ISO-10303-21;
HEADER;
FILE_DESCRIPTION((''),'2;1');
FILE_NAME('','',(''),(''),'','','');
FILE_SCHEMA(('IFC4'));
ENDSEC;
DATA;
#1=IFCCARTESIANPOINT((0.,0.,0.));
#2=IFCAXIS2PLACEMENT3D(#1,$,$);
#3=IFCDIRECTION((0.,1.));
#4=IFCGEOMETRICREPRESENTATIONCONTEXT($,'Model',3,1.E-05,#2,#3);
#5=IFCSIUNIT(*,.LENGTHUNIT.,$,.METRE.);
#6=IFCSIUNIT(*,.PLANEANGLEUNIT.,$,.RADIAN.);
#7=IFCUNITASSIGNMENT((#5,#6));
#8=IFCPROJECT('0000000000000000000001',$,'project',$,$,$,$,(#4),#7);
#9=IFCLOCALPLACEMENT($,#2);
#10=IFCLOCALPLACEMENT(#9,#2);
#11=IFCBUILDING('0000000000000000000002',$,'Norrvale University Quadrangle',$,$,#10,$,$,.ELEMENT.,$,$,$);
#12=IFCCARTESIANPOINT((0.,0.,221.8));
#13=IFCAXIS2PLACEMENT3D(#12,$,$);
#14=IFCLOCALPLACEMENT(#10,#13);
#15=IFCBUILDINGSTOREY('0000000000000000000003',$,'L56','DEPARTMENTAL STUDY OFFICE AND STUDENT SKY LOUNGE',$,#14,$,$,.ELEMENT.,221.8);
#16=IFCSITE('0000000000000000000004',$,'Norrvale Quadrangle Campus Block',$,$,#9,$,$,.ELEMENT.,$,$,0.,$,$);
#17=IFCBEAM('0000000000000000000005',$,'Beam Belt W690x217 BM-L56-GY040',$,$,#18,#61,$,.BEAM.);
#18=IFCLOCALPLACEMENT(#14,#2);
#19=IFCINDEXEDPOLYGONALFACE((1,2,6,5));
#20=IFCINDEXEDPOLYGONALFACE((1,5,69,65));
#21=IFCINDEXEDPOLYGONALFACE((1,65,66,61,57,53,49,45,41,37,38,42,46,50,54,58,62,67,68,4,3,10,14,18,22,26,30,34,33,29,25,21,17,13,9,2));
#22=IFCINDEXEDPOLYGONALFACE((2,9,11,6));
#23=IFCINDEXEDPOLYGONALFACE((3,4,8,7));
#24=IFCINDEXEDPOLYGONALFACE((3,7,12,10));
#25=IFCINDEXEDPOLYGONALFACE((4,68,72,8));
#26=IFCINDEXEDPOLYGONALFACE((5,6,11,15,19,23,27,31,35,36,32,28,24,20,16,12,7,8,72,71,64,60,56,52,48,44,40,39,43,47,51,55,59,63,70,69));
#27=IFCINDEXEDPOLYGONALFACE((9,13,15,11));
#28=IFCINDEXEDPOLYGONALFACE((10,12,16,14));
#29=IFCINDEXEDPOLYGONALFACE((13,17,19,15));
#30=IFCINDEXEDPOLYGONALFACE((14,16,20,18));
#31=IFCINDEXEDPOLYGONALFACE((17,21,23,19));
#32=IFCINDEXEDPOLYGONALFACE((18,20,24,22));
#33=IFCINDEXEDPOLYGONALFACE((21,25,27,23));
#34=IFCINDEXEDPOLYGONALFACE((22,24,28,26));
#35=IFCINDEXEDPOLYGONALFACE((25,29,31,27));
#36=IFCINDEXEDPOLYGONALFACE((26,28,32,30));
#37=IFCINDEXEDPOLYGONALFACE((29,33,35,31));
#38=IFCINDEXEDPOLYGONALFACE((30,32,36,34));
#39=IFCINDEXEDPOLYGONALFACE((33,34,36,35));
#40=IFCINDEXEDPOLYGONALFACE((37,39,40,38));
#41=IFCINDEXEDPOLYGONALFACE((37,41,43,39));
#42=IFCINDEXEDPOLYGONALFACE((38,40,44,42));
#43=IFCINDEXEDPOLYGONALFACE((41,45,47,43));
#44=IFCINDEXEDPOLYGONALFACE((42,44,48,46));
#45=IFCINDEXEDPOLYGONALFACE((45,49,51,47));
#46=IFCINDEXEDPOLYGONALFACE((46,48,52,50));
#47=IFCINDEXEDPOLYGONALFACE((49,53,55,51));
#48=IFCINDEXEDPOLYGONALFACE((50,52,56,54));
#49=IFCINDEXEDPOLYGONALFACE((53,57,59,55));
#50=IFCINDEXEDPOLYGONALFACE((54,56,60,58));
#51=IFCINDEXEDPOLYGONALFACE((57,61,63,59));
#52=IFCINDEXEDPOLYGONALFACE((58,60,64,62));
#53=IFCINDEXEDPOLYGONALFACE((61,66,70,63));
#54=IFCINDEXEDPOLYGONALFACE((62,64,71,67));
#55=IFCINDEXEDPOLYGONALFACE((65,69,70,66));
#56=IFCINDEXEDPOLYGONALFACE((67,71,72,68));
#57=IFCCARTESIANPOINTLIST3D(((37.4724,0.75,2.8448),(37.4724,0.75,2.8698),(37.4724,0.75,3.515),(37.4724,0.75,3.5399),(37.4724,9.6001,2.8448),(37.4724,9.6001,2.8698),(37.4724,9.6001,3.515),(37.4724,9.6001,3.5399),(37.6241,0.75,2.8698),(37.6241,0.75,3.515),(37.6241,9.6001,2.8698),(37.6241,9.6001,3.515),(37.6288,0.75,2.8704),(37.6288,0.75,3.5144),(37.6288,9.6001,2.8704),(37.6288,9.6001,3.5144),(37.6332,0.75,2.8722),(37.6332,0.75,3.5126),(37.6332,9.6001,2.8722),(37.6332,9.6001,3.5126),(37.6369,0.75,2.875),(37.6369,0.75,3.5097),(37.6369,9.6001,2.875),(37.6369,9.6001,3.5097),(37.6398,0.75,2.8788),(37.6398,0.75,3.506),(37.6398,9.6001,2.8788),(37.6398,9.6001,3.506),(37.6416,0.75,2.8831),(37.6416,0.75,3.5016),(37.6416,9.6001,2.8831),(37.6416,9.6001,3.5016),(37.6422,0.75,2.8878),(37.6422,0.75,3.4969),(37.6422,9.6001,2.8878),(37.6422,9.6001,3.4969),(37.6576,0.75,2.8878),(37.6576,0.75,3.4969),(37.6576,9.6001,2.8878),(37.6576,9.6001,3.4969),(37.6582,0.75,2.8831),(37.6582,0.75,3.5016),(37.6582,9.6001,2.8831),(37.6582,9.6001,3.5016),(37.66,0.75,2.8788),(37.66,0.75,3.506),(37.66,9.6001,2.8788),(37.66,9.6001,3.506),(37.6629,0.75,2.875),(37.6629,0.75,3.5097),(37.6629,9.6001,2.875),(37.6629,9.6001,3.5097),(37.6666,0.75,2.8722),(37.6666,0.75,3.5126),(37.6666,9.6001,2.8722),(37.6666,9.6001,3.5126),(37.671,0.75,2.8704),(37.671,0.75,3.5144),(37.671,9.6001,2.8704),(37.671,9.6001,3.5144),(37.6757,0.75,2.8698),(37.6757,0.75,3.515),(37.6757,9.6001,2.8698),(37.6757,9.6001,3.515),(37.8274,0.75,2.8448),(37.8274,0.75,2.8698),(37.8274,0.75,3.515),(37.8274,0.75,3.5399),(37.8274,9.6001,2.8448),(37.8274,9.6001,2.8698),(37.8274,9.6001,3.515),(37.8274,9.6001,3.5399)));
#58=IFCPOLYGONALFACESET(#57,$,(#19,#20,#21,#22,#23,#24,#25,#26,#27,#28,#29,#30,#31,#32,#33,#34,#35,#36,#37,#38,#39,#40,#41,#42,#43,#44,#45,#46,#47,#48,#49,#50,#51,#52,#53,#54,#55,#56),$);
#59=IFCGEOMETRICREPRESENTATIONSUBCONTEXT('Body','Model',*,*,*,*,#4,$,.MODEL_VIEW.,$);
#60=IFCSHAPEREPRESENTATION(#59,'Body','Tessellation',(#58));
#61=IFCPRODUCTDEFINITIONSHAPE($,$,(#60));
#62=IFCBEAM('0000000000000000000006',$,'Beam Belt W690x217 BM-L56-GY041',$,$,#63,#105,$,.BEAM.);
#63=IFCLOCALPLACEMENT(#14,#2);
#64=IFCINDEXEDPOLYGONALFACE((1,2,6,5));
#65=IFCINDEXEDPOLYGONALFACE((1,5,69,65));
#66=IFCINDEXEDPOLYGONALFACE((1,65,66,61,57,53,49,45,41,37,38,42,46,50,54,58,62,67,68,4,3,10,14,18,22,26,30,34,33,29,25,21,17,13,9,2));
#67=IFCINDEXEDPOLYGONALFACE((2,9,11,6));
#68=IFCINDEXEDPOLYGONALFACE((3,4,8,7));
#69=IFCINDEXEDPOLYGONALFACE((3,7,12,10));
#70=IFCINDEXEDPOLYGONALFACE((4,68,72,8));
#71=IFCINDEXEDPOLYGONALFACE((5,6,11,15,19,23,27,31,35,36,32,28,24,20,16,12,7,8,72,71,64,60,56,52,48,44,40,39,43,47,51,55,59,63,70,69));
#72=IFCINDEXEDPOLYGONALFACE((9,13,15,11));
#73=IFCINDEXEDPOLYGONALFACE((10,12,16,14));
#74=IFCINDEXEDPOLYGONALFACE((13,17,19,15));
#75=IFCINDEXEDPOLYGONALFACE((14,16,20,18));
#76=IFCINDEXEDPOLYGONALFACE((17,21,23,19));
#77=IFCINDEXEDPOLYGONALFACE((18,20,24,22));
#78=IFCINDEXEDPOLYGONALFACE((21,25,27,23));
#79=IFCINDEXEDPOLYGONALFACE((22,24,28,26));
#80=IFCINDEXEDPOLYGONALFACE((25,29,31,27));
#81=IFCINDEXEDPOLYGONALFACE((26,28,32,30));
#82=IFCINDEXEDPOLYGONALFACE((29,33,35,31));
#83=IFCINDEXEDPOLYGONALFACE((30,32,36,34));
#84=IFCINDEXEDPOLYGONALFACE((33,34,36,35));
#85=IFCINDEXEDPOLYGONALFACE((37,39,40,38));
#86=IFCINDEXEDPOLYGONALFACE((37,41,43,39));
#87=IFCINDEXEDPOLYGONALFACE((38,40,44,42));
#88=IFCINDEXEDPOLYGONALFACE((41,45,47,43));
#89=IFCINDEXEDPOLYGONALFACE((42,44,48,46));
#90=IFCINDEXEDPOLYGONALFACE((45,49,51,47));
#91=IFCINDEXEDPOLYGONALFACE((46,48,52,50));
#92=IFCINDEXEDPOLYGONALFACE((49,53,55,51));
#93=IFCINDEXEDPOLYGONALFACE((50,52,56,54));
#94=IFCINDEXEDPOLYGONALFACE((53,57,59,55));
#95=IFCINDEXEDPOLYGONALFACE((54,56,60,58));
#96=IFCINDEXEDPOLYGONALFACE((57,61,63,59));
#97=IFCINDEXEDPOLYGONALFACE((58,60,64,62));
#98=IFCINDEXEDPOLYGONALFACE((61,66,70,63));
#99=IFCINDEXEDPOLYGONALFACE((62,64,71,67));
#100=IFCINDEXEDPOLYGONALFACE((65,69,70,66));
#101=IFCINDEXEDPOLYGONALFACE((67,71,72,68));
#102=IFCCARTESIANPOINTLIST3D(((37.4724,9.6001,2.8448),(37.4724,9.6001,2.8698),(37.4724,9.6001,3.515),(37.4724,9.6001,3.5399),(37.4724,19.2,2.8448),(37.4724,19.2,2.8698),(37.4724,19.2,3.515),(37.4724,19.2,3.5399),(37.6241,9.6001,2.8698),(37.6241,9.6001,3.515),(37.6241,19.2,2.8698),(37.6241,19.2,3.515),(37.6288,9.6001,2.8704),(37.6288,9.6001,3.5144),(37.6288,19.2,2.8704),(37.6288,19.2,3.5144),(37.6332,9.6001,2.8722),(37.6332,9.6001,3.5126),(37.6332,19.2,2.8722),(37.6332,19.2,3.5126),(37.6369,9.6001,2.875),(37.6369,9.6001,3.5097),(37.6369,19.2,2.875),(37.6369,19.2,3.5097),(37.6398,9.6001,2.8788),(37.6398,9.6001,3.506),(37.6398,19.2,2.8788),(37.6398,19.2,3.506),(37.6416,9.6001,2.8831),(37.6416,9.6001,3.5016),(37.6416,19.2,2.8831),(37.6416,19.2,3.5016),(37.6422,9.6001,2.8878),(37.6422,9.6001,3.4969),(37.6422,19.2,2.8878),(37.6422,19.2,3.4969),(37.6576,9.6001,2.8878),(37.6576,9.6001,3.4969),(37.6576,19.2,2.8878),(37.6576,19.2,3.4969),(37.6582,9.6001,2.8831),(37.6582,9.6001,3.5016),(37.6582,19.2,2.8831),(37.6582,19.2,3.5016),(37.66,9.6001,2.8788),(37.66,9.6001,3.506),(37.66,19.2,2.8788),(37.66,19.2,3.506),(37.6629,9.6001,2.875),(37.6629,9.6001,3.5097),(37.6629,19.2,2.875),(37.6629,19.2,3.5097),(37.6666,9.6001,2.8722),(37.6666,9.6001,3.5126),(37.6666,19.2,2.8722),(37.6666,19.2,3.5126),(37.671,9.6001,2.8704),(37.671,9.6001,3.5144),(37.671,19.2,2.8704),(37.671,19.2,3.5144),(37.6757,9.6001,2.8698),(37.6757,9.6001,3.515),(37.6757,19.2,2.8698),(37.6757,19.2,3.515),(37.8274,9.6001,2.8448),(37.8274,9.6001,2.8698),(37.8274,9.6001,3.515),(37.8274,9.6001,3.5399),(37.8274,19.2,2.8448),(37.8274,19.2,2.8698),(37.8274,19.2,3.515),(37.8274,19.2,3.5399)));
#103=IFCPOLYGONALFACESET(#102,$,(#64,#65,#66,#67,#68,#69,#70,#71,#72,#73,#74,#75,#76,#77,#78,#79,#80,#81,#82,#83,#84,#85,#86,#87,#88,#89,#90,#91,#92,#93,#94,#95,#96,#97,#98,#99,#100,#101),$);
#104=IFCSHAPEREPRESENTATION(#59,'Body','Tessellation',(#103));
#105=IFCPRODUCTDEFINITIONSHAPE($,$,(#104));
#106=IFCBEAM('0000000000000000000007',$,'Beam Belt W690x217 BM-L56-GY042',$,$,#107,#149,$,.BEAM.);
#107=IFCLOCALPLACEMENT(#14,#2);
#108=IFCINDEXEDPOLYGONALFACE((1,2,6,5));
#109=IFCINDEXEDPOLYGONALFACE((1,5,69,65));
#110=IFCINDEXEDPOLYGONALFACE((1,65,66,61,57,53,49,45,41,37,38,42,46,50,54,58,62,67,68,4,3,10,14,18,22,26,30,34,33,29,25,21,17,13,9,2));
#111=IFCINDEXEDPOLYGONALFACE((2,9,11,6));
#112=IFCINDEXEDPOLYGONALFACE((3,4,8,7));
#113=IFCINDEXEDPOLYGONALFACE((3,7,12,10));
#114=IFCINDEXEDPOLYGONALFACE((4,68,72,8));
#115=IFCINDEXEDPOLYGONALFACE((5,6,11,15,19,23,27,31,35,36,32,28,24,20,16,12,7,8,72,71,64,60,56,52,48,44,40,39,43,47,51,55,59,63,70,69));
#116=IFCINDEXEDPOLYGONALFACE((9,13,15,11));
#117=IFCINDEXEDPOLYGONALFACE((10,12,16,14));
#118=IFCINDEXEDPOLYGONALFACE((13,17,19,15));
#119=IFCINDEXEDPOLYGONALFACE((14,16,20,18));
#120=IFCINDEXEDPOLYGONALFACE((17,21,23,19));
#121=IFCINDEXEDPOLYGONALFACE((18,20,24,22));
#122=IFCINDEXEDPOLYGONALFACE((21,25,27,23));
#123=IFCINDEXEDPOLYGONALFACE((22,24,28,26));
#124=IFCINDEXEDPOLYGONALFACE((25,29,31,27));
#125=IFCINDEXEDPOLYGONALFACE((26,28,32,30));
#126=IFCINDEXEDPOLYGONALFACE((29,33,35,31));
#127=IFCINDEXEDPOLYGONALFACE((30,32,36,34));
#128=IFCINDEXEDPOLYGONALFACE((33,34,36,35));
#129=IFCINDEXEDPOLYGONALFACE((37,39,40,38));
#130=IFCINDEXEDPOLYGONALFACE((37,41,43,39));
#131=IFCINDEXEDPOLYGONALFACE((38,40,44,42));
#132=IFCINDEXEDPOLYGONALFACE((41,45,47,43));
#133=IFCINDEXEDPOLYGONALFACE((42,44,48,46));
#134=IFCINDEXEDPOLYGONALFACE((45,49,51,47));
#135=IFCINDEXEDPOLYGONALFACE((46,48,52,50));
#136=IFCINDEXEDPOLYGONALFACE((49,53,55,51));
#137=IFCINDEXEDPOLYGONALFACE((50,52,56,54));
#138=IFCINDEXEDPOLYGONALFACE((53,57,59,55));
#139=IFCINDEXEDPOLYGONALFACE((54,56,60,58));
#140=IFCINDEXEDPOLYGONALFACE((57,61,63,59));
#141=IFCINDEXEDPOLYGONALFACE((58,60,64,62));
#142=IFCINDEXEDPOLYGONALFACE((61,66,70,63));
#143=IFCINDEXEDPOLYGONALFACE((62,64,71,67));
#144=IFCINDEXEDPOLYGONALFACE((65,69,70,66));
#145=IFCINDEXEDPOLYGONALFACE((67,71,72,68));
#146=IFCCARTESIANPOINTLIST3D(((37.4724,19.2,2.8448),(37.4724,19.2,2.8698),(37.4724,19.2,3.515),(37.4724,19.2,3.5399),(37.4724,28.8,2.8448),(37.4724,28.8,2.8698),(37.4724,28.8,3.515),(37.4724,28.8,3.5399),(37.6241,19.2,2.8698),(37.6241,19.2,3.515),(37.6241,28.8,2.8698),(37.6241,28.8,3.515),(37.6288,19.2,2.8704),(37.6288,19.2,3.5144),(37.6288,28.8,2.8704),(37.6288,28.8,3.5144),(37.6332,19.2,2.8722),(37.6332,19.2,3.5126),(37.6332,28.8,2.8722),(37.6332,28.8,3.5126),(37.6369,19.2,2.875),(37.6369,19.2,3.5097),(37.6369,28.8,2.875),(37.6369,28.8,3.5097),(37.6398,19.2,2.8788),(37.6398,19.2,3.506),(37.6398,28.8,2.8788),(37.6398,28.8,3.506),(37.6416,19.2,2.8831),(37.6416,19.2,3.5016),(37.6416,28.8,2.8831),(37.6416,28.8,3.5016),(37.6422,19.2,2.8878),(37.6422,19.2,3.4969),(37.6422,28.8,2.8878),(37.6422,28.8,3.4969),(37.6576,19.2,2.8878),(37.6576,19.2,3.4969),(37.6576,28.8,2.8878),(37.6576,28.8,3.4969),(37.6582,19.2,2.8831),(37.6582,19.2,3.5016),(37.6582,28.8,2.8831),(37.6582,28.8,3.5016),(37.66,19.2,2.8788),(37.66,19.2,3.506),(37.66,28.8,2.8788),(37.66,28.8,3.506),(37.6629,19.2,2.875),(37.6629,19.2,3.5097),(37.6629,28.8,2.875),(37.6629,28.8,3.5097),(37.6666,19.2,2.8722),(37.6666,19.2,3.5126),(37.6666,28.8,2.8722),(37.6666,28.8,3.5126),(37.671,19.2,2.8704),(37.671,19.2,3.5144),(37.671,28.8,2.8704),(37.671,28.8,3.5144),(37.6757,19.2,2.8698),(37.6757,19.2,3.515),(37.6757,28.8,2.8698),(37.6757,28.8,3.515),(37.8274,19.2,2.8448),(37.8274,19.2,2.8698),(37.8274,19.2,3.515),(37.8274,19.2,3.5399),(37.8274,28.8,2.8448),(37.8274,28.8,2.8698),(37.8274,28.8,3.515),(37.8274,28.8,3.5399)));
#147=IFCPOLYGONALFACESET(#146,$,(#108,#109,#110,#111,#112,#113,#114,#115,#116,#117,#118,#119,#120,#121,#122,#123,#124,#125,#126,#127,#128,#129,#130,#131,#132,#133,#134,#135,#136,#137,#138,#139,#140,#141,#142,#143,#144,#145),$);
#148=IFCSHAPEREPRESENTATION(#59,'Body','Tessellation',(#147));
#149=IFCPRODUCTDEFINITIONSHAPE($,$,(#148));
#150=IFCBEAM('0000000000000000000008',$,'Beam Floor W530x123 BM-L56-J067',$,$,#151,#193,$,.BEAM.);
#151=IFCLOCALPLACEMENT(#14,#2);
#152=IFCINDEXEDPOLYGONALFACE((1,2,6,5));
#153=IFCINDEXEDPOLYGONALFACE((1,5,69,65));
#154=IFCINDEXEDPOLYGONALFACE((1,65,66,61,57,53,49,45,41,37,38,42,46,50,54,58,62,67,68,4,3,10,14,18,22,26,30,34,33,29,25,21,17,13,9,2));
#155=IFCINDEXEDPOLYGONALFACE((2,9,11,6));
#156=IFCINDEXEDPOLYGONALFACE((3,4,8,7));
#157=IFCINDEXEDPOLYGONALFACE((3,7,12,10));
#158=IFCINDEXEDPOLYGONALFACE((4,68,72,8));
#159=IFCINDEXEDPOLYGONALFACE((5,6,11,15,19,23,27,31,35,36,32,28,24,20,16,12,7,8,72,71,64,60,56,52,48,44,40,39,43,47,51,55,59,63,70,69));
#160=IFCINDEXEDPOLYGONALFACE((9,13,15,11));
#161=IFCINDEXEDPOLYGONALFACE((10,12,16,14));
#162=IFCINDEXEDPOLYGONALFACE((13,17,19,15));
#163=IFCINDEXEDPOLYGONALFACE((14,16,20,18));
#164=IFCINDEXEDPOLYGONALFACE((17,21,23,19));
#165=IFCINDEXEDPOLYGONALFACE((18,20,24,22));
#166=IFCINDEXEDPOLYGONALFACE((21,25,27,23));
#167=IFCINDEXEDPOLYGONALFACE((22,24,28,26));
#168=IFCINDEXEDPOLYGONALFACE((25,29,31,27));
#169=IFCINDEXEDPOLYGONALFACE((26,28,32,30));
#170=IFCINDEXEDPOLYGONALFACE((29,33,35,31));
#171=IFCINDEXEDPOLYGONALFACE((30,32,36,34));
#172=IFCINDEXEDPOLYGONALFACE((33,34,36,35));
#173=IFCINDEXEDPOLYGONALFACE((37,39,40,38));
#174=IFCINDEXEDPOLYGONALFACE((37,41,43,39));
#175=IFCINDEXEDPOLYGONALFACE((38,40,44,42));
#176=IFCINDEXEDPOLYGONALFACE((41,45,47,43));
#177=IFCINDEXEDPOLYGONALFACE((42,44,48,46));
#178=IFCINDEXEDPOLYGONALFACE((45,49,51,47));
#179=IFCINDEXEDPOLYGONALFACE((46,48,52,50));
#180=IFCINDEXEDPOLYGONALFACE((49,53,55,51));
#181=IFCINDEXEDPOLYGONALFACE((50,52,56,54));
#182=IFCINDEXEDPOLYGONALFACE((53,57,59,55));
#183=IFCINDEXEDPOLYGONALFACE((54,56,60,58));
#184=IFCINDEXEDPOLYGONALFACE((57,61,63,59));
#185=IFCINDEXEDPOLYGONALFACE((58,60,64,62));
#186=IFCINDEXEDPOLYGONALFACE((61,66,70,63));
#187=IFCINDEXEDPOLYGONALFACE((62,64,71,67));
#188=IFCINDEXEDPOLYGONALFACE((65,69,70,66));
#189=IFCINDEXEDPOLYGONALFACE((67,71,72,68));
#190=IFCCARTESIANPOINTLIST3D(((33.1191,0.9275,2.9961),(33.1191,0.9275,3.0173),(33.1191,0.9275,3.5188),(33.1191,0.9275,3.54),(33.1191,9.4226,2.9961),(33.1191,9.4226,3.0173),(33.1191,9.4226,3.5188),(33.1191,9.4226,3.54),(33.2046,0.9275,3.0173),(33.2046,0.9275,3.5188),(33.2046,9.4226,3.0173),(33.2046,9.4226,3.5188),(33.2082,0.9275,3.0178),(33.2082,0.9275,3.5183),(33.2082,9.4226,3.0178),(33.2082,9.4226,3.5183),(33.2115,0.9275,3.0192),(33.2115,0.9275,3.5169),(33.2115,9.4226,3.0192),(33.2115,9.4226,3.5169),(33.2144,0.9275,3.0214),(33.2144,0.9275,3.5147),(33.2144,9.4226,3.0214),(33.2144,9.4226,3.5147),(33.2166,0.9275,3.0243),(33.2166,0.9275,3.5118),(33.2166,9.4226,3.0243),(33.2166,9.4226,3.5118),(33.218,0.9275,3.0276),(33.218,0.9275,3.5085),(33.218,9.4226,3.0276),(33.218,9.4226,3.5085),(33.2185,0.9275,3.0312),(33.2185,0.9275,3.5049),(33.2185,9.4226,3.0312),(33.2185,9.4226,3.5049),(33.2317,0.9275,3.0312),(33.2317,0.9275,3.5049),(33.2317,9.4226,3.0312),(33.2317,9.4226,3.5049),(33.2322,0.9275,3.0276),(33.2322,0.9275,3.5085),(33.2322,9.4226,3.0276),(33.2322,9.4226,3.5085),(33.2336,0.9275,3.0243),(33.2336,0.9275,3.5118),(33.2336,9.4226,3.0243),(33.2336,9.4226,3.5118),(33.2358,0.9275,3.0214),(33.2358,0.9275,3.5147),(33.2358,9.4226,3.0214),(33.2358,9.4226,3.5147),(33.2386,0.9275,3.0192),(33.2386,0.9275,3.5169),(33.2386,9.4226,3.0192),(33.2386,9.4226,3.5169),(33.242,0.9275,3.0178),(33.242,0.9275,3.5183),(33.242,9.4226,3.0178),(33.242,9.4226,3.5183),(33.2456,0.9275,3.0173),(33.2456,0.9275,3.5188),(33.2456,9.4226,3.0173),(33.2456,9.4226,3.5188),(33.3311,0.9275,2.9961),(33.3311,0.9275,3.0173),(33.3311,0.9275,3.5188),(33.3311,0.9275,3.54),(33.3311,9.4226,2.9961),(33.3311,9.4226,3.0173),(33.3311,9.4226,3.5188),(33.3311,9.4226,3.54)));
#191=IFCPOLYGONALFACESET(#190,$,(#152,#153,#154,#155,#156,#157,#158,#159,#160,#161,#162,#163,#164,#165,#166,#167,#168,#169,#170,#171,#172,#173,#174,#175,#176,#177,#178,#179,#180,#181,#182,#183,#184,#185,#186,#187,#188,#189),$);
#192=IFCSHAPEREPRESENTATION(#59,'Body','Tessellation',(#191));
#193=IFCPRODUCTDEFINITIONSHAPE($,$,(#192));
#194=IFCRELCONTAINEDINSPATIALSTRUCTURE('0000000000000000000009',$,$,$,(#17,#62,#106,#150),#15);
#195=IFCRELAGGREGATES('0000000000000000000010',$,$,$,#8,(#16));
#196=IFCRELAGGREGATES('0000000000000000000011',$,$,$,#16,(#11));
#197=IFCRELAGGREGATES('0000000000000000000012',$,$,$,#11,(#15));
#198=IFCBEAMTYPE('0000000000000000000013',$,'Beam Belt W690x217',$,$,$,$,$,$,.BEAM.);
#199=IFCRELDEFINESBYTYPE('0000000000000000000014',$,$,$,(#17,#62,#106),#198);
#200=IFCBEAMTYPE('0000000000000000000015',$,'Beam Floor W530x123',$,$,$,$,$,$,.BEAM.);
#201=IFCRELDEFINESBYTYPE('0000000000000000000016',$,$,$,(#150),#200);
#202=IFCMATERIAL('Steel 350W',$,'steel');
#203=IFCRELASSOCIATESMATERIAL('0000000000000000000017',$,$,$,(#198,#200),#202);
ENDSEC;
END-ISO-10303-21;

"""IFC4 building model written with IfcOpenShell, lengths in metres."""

from ifc_helpers import new_model, si_unit, direction, frame, origin, origin_2d, place, context, subcontext, project, spatial, i_section, extrude, material, material_profile, profile_set, type_object, element, save


model = new_model("IFC4")

# Units and contexts
model_context = context("Model", 3, precision=1e-05, world=origin(), true_north=direction((0.0, 1.0)))
body_context = subcontext(model_context, "Body", "Model", "MODEL_VIEW")
ifc_project = project(units=[si_unit("LENGTHUNIT", "METRE"), si_unit("PLANEANGLEUNIT", "RADIAN")], contexts=[model_context])

# Site, building, storey
site_placement = place(None, origin())
site = spatial("IfcSite", under=ifc_project, at=site_placement, Name="Norrvale Quadrangle Campus Block", CompositionType="ELEMENT", RefElevation=0.0)
building_placement = place(site_placement, origin())
building = spatial("IfcBuilding", under=site, at=building_placement, Name="Norrvale University Quadrangle", CompositionType="ELEMENT")
storey_placement = place(building_placement, frame((0.0, 0.0, 221.8)))
storey = spatial("IfcBuildingStorey", under=building, at=storey_placement, Name="L56", Description="DEPARTMENTAL STUDY OFFICE AND STUDENT SKY LOUNGE", CompositionType="ELEMENT", Elevation=221.8)

# Beams
ifc_material_1 = material(Name="Steel 350W", Category="steel")
ifc_material_profile_1 = material_profile(ifc_material_1, i_section(OverallWidth=0.355, OverallDepth=0.6951, WebThickness=0.0154, FlangeThickness=0.0249, FilletRadius=0.0181, at=origin_2d()), Name="Steel 350W")
ifc_profile_set_1 = profile_set([ifc_material_profile_1], Name="Steel 350W")
beam_type_1 = type_object("IfcBeamType", Name="Beam Belt W690x217", PredefinedType="BEAM", material=ifc_profile_set_1)
beam_1_placement = place(storey_placement, frame((37.6499, 0.75, 3.1924), z_axis=(0.0, 1.0, 0.0), x_axis=(-1.0, 0.0, 0.0)))
element("IfcBeam", 1, at=beam_1_placement, inside=storey, type_object=beam_type_1, Name="Beam Belt W690x217 BM-L56-GY040", PredefinedType="BEAM", context=body_context, shape_type="SweptSolid", body=[
    extrude(i_section(OverallWidth=0.355, OverallDepth=0.6951, WebThickness=0.0154, FlangeThickness=0.0249, FilletRadius=0.0181, at=origin_2d()), origin(), (0.0, 0.0, 1.0), 8.8501),
])
beam_2_placement = place(storey_placement, frame((37.6499, 9.6001, 3.1924), z_axis=(0.0, 1.0, 0.0), x_axis=(-1.0, 0.0, 0.0)))
element("IfcBeam", 2, at=beam_2_placement, inside=storey, type_object=beam_type_1, Name="Beam Belt W690x217 BM-L56-GY041", PredefinedType="BEAM", context=body_context, shape_type="SweptSolid", body=[
    extrude(i_section(OverallWidth=0.355, OverallDepth=0.6951, WebThickness=0.0154, FlangeThickness=0.0249, FilletRadius=0.0181, at=origin_2d()), origin(), (0.0, 0.0, 1.0), 9.5999),
])
beam_3_placement = place(storey_placement, frame((37.6499, 19.2, 3.1924), z_axis=(0.0, 1.0, 0.0), x_axis=(-1.0, 0.0, 0.0)))
element("IfcBeam", 3, at=beam_3_placement, inside=storey, type_object=beam_type_1, Name="Beam Belt W690x217 BM-L56-GY042", PredefinedType="BEAM", context=body_context, shape_type="SweptSolid", body=[
    extrude(i_section(OverallWidth=0.355, OverallDepth=0.6951, WebThickness=0.0154, FlangeThickness=0.0249, FilletRadius=0.0181, at=origin_2d()), origin(), (0.0, 0.0, 1.0), 9.6001),
])
ifc_material_profile_2 = material_profile(ifc_material_1, i_section(OverallWidth=0.2119, OverallDepth=0.5439, WebThickness=0.0132, FlangeThickness=0.0212, FilletRadius=0.0139, at=origin_2d()), Name="Steel 350W")
ifc_profile_set_2 = profile_set([ifc_material_profile_2], Name="Steel 350W")
beam_type_2 = type_object("IfcBeamType", Name="Beam Floor W530x123", PredefinedType="BEAM", material=ifc_profile_set_2)
beam_4_placement = place(storey_placement, frame((33.2251, 0.9275, 3.2681), z_axis=(0.0, 1.0, 0.0), x_axis=(-1.0, 0.0, 0.0)))
element("IfcBeam", 4, at=beam_4_placement, inside=storey, type_object=beam_type_2, Name="Beam Floor W530x123 BM-L56-J067", PredefinedType="BEAM", context=body_context, shape_type="SweptSolid", body=[
    extrude(i_section(OverallWidth=0.2119, OverallDepth=0.5439, WebThickness=0.0132, FlangeThickness=0.0212, FilletRadius=0.0139, at=origin_2d()), origin(), (0.0, 0.0, 1.0), 8.4951),
])

save(model, "model.ifc")
